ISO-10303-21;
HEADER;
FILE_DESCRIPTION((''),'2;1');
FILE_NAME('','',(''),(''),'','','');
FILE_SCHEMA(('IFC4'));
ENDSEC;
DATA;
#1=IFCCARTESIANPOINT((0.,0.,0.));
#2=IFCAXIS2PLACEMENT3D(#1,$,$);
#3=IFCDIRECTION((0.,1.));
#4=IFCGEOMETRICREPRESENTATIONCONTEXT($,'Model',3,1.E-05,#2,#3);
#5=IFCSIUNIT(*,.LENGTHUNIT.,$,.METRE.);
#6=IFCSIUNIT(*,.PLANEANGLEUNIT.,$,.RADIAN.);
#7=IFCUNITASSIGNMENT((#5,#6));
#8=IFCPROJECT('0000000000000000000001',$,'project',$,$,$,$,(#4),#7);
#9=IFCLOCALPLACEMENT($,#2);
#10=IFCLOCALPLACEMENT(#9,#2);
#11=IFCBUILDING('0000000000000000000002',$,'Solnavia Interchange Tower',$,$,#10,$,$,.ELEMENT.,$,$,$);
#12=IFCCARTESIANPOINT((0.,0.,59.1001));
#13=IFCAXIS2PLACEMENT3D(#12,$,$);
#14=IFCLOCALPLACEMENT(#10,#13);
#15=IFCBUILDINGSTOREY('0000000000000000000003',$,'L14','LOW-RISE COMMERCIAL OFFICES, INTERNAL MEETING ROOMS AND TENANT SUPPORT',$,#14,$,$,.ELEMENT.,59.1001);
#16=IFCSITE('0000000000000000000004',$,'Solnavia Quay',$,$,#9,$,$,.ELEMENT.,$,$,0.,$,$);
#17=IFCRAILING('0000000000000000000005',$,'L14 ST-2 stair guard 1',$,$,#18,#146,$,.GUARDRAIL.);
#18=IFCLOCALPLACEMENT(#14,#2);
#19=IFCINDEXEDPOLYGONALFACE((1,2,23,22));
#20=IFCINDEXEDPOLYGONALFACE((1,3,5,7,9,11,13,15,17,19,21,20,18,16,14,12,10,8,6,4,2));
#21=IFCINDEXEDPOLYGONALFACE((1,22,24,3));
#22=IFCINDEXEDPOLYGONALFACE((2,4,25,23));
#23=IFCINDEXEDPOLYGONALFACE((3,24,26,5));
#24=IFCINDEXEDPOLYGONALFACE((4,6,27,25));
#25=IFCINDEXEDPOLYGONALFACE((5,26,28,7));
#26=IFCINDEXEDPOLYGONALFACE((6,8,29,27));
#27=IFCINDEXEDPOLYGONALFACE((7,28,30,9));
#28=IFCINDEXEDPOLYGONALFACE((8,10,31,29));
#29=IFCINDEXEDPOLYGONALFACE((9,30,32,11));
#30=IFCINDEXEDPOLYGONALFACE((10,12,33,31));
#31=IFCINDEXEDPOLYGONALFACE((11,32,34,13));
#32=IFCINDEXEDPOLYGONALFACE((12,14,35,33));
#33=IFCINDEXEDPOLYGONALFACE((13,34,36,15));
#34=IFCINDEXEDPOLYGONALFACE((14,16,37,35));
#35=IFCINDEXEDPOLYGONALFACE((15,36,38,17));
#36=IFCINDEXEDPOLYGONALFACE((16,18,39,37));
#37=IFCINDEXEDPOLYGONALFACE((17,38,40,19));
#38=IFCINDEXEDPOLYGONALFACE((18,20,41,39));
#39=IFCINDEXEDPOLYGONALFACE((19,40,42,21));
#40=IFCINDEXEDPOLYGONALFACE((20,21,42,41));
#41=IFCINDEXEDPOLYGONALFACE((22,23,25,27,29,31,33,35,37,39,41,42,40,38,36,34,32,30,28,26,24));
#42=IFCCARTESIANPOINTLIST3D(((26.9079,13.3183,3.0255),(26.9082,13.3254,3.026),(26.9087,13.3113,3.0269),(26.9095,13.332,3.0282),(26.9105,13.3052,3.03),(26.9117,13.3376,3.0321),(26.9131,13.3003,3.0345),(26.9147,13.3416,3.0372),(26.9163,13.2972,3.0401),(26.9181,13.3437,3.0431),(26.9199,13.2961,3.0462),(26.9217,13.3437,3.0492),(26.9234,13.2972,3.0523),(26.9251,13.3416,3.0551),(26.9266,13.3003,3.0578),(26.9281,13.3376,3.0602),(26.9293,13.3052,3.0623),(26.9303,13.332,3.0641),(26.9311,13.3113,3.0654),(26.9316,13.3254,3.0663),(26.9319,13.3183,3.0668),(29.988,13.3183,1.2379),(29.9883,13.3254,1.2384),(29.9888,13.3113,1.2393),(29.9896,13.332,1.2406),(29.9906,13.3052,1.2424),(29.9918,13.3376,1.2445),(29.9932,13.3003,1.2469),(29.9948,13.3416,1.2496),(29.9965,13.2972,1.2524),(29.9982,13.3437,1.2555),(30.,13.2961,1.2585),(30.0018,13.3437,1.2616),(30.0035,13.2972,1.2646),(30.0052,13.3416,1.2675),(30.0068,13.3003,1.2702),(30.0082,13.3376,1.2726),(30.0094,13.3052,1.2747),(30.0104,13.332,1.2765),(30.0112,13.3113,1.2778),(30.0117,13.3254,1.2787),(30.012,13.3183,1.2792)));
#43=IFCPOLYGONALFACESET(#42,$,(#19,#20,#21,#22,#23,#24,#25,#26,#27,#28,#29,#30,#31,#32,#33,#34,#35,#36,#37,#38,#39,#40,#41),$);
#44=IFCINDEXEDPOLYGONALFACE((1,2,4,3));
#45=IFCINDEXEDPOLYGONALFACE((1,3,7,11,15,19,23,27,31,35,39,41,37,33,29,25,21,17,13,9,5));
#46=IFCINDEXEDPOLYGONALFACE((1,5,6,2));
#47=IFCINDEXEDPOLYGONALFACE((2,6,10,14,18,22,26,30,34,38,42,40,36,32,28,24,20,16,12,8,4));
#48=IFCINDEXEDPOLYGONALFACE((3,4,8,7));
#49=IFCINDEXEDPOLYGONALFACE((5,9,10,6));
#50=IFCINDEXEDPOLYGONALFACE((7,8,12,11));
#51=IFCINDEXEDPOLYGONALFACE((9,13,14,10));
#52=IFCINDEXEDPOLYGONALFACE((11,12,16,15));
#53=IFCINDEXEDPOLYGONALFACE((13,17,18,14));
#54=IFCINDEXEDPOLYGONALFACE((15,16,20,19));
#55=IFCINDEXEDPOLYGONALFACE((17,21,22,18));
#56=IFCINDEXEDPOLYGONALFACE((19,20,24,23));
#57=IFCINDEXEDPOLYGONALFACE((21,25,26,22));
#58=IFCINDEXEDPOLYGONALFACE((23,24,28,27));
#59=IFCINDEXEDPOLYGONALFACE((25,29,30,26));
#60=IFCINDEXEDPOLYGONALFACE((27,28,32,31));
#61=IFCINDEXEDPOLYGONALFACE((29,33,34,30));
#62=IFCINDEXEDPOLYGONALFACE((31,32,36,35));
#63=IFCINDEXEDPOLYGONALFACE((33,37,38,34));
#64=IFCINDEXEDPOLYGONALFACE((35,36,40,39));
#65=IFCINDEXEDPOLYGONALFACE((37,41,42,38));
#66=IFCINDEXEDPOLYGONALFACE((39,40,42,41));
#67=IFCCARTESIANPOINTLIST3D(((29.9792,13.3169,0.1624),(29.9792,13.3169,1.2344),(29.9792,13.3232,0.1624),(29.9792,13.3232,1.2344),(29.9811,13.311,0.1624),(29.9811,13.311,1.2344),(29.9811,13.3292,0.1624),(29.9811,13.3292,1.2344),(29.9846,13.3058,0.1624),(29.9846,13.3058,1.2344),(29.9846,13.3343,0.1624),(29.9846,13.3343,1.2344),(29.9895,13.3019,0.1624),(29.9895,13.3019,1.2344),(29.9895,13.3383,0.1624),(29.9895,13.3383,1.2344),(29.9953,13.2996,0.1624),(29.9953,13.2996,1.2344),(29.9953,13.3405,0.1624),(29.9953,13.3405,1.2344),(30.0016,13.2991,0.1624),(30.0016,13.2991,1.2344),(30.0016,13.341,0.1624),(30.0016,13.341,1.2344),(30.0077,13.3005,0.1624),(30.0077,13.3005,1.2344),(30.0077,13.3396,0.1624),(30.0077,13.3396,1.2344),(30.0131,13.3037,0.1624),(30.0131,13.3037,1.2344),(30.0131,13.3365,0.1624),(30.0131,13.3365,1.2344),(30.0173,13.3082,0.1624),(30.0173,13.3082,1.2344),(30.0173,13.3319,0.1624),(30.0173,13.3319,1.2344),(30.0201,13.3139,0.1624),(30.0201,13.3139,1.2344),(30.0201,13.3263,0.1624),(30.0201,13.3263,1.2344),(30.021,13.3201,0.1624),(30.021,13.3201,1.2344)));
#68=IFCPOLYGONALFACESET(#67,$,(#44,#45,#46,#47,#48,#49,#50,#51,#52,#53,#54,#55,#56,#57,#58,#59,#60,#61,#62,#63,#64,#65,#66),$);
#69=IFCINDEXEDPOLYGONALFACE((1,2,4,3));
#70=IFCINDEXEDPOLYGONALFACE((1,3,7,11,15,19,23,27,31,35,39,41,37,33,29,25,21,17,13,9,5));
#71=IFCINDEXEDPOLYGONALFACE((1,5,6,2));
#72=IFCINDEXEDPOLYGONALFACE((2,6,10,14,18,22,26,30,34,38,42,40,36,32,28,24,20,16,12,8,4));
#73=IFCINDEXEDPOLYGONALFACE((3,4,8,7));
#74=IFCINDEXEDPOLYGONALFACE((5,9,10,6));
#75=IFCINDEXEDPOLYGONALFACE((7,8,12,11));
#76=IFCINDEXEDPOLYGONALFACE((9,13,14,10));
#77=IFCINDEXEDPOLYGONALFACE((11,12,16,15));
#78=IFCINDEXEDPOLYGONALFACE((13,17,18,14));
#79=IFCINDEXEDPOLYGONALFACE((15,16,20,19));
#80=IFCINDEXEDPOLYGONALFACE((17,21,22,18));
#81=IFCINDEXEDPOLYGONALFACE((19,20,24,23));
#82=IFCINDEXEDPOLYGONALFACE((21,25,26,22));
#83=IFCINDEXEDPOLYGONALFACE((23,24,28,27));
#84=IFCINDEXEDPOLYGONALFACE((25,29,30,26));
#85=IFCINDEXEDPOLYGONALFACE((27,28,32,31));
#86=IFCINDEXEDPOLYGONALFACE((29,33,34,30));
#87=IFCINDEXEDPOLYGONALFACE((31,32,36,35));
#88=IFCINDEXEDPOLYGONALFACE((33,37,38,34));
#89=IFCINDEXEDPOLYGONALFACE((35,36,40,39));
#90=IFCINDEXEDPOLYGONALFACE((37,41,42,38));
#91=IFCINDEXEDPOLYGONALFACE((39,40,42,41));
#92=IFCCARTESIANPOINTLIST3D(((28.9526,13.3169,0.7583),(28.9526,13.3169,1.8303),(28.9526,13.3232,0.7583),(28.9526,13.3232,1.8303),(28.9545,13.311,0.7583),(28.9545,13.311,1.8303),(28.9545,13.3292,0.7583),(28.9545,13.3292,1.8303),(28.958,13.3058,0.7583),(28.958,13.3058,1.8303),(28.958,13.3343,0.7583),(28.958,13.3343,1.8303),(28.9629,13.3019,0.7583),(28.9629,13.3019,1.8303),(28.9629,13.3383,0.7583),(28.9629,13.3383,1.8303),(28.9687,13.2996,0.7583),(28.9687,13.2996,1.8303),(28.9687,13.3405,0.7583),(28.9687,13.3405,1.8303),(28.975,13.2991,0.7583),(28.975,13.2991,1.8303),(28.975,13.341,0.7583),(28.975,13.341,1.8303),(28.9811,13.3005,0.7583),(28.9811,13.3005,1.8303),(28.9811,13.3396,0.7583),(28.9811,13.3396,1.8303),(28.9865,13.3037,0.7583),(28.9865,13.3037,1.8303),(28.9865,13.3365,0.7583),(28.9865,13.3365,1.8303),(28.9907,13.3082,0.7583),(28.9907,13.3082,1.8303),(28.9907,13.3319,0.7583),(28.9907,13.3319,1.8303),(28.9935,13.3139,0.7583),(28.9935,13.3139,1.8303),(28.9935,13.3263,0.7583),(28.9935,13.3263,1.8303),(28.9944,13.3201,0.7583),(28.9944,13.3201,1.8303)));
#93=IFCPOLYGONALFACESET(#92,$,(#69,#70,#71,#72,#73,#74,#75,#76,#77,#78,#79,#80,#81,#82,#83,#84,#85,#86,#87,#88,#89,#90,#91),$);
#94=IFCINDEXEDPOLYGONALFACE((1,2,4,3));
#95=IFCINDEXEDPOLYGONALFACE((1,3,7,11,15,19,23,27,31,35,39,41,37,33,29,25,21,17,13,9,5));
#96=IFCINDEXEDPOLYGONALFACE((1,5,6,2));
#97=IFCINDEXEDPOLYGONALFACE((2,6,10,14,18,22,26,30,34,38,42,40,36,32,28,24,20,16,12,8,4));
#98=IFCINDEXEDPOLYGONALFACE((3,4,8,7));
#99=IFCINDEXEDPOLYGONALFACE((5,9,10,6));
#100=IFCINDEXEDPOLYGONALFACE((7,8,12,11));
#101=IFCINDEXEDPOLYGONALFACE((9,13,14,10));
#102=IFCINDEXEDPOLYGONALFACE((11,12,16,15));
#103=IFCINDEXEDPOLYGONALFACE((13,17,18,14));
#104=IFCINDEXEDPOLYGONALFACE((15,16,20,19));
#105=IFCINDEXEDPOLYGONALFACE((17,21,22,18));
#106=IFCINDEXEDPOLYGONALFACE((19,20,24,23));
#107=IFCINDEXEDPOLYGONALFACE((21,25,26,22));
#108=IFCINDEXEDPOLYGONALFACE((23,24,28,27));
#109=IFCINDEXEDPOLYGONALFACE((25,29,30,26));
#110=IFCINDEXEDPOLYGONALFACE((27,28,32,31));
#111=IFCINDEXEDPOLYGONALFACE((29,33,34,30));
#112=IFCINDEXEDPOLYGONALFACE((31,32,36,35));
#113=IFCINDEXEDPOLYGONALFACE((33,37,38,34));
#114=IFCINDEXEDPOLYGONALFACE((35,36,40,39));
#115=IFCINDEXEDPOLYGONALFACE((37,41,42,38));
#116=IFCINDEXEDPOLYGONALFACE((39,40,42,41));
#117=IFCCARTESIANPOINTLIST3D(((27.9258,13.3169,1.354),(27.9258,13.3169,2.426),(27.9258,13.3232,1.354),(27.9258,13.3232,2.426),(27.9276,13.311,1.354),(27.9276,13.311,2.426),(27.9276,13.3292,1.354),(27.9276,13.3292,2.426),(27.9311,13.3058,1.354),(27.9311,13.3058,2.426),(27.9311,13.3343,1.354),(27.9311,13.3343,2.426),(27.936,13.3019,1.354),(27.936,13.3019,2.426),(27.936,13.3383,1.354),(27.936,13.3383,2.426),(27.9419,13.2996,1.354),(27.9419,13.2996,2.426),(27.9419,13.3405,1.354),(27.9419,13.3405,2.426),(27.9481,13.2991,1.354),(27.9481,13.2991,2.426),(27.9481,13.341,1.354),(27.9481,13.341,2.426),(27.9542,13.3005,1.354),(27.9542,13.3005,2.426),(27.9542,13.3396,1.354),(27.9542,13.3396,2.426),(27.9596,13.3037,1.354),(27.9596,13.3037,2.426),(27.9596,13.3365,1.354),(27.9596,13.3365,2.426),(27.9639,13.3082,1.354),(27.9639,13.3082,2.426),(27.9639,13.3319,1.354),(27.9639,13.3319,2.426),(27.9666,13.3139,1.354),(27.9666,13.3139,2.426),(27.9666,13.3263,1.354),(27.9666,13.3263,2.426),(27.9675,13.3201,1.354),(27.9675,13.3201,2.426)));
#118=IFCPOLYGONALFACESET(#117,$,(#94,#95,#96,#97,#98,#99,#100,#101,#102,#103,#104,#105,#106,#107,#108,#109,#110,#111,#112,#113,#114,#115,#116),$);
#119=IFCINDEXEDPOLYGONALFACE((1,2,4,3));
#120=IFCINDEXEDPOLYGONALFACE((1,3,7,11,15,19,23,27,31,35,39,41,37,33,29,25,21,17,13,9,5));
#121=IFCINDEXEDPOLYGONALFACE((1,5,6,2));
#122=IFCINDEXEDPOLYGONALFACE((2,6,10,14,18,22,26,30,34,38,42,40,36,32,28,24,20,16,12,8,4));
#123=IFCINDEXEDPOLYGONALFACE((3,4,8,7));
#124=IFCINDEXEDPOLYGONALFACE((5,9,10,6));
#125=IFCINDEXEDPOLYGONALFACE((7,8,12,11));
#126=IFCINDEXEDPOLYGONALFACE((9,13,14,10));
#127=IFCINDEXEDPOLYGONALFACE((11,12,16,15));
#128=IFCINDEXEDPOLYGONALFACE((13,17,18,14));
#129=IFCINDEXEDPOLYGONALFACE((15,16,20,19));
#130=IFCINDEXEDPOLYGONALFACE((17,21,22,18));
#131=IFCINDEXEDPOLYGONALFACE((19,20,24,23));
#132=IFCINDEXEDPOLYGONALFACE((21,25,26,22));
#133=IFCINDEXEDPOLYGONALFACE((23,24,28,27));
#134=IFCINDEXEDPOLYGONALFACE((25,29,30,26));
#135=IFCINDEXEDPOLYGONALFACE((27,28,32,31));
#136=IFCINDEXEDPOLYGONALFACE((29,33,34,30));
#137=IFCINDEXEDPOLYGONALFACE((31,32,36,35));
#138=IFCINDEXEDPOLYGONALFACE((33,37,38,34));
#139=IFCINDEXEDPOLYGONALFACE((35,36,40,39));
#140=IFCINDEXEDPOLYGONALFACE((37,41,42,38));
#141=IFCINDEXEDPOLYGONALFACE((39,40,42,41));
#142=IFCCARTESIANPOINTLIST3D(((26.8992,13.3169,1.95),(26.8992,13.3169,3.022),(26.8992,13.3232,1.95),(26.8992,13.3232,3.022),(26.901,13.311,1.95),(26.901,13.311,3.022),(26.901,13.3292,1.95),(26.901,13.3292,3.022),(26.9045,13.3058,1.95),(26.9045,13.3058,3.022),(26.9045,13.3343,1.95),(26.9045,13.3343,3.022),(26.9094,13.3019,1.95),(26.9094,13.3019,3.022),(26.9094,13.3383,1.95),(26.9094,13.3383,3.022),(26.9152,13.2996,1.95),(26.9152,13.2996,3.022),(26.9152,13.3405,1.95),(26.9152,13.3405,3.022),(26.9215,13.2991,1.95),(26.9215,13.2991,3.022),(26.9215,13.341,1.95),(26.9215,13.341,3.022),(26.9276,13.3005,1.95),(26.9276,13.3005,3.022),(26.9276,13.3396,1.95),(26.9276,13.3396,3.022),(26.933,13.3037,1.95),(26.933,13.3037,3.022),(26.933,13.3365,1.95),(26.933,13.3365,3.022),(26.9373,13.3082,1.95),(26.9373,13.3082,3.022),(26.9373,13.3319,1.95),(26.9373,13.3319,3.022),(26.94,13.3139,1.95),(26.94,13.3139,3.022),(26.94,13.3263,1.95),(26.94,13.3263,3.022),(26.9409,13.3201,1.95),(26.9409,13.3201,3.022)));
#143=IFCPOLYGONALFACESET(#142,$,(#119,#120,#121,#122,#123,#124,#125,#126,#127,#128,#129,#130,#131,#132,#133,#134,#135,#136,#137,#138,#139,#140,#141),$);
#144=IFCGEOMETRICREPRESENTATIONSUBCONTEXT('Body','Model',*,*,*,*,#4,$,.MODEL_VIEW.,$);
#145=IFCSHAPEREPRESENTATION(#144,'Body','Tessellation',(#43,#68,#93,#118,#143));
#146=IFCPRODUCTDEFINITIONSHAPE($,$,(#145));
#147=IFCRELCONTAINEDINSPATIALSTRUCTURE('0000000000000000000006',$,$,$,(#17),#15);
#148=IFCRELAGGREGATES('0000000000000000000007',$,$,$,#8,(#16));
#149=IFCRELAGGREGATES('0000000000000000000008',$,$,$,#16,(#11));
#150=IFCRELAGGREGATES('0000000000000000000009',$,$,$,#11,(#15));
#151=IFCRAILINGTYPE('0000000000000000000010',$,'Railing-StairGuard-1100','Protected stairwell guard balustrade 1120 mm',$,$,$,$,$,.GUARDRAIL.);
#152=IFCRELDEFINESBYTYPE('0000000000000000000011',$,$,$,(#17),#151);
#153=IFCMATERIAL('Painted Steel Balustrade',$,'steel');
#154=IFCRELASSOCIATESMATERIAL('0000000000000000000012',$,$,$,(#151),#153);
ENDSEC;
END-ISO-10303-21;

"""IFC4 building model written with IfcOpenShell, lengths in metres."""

from ifc_helpers import new_model, si_unit, direction, frame, origin, origin_2d, place, context, subcontext, project, spatial, circle, extrude, material, type_object, element, save


model = new_model("IFC4")

# Units and contexts
model_context = context("Model", 3, precision=1e-05, world=origin(), true_north=direction((0.0, 1.0)))
body_context = subcontext(model_context, "Body", "Model", "MODEL_VIEW")
ifc_project = project(units=[si_unit("LENGTHUNIT", "METRE"), si_unit("PLANEANGLEUNIT", "RADIAN")], contexts=[model_context])

# Site, building, storey
site_placement = place(None, origin())
site = spatial("IfcSite", under=ifc_project, at=site_placement, Name="Solnavia Quay", CompositionType="ELEMENT", RefElevation=0.0)
building_placement = place(site_placement, origin())
building = spatial("IfcBuilding", under=site, at=building_placement, Name="Solnavia Interchange Tower", CompositionType="ELEMENT")
storey_placement = place(building_placement, frame((0.0, 0.0, 59.1001)))
storey = spatial("IfcBuildingStorey", under=building, at=storey_placement, Name="L14", Description="LOW-RISE COMMERCIAL OFFICES, INTERNAL MEETING ROOMS AND TENANT SUPPORT", CompositionType="ELEMENT", Elevation=59.1001)

# Railing
ifc_material_1 = material(Name="Painted Steel Balustrade", Category="steel")
railing_type_1 = type_object("IfcRailingType", Name="Railing-StairGuard-1100", Description="Protected stairwell guard balustrade 1120 mm", PredefinedType="GUARDRAIL", material=ifc_material_1)
railing_1_placement = place(storey_placement, frame((30.0, 13.3201, 0.1624)))
element("IfcRailing", 1, at=railing_1_placement, inside=storey, type_object=railing_type_1, Name="L14 ST-2 stair guard 1", PredefinedType="GUARDRAIL", context=body_context, shape_type="SweptSolid", body=[
    extrude(circle(Radius=0.0239, at=origin_2d()), frame((0.0, 0.0, 1.0962), z_axis=(-0.864891, 0.0, 0.50196), x_axis=(0.0, -1.0, 0.0)), (0.0, 0.0, 1.0), 3.5613),
    extrude(circle(Radius=0.021, at=origin_2d()), origin(), (0.0, 0.0, 1.0), 1.072),
    extrude(circle(Radius=0.021, at=origin_2d()), frame((-1.0266, 0.0, 0.5959)), (0.0, 0.0, 1.0), 1.072),
    extrude(circle(Radius=0.021, at=origin_2d()), frame((-2.0535, 0.0, 1.1917)), (0.0, 0.0, 1.0), 1.072),
    extrude(circle(Radius=0.021, at=origin_2d()), frame((-3.0801, 0.0, 1.7876)), (0.0, 0.0, 1.0), 1.072),
])

save(model, "model.ifc")
